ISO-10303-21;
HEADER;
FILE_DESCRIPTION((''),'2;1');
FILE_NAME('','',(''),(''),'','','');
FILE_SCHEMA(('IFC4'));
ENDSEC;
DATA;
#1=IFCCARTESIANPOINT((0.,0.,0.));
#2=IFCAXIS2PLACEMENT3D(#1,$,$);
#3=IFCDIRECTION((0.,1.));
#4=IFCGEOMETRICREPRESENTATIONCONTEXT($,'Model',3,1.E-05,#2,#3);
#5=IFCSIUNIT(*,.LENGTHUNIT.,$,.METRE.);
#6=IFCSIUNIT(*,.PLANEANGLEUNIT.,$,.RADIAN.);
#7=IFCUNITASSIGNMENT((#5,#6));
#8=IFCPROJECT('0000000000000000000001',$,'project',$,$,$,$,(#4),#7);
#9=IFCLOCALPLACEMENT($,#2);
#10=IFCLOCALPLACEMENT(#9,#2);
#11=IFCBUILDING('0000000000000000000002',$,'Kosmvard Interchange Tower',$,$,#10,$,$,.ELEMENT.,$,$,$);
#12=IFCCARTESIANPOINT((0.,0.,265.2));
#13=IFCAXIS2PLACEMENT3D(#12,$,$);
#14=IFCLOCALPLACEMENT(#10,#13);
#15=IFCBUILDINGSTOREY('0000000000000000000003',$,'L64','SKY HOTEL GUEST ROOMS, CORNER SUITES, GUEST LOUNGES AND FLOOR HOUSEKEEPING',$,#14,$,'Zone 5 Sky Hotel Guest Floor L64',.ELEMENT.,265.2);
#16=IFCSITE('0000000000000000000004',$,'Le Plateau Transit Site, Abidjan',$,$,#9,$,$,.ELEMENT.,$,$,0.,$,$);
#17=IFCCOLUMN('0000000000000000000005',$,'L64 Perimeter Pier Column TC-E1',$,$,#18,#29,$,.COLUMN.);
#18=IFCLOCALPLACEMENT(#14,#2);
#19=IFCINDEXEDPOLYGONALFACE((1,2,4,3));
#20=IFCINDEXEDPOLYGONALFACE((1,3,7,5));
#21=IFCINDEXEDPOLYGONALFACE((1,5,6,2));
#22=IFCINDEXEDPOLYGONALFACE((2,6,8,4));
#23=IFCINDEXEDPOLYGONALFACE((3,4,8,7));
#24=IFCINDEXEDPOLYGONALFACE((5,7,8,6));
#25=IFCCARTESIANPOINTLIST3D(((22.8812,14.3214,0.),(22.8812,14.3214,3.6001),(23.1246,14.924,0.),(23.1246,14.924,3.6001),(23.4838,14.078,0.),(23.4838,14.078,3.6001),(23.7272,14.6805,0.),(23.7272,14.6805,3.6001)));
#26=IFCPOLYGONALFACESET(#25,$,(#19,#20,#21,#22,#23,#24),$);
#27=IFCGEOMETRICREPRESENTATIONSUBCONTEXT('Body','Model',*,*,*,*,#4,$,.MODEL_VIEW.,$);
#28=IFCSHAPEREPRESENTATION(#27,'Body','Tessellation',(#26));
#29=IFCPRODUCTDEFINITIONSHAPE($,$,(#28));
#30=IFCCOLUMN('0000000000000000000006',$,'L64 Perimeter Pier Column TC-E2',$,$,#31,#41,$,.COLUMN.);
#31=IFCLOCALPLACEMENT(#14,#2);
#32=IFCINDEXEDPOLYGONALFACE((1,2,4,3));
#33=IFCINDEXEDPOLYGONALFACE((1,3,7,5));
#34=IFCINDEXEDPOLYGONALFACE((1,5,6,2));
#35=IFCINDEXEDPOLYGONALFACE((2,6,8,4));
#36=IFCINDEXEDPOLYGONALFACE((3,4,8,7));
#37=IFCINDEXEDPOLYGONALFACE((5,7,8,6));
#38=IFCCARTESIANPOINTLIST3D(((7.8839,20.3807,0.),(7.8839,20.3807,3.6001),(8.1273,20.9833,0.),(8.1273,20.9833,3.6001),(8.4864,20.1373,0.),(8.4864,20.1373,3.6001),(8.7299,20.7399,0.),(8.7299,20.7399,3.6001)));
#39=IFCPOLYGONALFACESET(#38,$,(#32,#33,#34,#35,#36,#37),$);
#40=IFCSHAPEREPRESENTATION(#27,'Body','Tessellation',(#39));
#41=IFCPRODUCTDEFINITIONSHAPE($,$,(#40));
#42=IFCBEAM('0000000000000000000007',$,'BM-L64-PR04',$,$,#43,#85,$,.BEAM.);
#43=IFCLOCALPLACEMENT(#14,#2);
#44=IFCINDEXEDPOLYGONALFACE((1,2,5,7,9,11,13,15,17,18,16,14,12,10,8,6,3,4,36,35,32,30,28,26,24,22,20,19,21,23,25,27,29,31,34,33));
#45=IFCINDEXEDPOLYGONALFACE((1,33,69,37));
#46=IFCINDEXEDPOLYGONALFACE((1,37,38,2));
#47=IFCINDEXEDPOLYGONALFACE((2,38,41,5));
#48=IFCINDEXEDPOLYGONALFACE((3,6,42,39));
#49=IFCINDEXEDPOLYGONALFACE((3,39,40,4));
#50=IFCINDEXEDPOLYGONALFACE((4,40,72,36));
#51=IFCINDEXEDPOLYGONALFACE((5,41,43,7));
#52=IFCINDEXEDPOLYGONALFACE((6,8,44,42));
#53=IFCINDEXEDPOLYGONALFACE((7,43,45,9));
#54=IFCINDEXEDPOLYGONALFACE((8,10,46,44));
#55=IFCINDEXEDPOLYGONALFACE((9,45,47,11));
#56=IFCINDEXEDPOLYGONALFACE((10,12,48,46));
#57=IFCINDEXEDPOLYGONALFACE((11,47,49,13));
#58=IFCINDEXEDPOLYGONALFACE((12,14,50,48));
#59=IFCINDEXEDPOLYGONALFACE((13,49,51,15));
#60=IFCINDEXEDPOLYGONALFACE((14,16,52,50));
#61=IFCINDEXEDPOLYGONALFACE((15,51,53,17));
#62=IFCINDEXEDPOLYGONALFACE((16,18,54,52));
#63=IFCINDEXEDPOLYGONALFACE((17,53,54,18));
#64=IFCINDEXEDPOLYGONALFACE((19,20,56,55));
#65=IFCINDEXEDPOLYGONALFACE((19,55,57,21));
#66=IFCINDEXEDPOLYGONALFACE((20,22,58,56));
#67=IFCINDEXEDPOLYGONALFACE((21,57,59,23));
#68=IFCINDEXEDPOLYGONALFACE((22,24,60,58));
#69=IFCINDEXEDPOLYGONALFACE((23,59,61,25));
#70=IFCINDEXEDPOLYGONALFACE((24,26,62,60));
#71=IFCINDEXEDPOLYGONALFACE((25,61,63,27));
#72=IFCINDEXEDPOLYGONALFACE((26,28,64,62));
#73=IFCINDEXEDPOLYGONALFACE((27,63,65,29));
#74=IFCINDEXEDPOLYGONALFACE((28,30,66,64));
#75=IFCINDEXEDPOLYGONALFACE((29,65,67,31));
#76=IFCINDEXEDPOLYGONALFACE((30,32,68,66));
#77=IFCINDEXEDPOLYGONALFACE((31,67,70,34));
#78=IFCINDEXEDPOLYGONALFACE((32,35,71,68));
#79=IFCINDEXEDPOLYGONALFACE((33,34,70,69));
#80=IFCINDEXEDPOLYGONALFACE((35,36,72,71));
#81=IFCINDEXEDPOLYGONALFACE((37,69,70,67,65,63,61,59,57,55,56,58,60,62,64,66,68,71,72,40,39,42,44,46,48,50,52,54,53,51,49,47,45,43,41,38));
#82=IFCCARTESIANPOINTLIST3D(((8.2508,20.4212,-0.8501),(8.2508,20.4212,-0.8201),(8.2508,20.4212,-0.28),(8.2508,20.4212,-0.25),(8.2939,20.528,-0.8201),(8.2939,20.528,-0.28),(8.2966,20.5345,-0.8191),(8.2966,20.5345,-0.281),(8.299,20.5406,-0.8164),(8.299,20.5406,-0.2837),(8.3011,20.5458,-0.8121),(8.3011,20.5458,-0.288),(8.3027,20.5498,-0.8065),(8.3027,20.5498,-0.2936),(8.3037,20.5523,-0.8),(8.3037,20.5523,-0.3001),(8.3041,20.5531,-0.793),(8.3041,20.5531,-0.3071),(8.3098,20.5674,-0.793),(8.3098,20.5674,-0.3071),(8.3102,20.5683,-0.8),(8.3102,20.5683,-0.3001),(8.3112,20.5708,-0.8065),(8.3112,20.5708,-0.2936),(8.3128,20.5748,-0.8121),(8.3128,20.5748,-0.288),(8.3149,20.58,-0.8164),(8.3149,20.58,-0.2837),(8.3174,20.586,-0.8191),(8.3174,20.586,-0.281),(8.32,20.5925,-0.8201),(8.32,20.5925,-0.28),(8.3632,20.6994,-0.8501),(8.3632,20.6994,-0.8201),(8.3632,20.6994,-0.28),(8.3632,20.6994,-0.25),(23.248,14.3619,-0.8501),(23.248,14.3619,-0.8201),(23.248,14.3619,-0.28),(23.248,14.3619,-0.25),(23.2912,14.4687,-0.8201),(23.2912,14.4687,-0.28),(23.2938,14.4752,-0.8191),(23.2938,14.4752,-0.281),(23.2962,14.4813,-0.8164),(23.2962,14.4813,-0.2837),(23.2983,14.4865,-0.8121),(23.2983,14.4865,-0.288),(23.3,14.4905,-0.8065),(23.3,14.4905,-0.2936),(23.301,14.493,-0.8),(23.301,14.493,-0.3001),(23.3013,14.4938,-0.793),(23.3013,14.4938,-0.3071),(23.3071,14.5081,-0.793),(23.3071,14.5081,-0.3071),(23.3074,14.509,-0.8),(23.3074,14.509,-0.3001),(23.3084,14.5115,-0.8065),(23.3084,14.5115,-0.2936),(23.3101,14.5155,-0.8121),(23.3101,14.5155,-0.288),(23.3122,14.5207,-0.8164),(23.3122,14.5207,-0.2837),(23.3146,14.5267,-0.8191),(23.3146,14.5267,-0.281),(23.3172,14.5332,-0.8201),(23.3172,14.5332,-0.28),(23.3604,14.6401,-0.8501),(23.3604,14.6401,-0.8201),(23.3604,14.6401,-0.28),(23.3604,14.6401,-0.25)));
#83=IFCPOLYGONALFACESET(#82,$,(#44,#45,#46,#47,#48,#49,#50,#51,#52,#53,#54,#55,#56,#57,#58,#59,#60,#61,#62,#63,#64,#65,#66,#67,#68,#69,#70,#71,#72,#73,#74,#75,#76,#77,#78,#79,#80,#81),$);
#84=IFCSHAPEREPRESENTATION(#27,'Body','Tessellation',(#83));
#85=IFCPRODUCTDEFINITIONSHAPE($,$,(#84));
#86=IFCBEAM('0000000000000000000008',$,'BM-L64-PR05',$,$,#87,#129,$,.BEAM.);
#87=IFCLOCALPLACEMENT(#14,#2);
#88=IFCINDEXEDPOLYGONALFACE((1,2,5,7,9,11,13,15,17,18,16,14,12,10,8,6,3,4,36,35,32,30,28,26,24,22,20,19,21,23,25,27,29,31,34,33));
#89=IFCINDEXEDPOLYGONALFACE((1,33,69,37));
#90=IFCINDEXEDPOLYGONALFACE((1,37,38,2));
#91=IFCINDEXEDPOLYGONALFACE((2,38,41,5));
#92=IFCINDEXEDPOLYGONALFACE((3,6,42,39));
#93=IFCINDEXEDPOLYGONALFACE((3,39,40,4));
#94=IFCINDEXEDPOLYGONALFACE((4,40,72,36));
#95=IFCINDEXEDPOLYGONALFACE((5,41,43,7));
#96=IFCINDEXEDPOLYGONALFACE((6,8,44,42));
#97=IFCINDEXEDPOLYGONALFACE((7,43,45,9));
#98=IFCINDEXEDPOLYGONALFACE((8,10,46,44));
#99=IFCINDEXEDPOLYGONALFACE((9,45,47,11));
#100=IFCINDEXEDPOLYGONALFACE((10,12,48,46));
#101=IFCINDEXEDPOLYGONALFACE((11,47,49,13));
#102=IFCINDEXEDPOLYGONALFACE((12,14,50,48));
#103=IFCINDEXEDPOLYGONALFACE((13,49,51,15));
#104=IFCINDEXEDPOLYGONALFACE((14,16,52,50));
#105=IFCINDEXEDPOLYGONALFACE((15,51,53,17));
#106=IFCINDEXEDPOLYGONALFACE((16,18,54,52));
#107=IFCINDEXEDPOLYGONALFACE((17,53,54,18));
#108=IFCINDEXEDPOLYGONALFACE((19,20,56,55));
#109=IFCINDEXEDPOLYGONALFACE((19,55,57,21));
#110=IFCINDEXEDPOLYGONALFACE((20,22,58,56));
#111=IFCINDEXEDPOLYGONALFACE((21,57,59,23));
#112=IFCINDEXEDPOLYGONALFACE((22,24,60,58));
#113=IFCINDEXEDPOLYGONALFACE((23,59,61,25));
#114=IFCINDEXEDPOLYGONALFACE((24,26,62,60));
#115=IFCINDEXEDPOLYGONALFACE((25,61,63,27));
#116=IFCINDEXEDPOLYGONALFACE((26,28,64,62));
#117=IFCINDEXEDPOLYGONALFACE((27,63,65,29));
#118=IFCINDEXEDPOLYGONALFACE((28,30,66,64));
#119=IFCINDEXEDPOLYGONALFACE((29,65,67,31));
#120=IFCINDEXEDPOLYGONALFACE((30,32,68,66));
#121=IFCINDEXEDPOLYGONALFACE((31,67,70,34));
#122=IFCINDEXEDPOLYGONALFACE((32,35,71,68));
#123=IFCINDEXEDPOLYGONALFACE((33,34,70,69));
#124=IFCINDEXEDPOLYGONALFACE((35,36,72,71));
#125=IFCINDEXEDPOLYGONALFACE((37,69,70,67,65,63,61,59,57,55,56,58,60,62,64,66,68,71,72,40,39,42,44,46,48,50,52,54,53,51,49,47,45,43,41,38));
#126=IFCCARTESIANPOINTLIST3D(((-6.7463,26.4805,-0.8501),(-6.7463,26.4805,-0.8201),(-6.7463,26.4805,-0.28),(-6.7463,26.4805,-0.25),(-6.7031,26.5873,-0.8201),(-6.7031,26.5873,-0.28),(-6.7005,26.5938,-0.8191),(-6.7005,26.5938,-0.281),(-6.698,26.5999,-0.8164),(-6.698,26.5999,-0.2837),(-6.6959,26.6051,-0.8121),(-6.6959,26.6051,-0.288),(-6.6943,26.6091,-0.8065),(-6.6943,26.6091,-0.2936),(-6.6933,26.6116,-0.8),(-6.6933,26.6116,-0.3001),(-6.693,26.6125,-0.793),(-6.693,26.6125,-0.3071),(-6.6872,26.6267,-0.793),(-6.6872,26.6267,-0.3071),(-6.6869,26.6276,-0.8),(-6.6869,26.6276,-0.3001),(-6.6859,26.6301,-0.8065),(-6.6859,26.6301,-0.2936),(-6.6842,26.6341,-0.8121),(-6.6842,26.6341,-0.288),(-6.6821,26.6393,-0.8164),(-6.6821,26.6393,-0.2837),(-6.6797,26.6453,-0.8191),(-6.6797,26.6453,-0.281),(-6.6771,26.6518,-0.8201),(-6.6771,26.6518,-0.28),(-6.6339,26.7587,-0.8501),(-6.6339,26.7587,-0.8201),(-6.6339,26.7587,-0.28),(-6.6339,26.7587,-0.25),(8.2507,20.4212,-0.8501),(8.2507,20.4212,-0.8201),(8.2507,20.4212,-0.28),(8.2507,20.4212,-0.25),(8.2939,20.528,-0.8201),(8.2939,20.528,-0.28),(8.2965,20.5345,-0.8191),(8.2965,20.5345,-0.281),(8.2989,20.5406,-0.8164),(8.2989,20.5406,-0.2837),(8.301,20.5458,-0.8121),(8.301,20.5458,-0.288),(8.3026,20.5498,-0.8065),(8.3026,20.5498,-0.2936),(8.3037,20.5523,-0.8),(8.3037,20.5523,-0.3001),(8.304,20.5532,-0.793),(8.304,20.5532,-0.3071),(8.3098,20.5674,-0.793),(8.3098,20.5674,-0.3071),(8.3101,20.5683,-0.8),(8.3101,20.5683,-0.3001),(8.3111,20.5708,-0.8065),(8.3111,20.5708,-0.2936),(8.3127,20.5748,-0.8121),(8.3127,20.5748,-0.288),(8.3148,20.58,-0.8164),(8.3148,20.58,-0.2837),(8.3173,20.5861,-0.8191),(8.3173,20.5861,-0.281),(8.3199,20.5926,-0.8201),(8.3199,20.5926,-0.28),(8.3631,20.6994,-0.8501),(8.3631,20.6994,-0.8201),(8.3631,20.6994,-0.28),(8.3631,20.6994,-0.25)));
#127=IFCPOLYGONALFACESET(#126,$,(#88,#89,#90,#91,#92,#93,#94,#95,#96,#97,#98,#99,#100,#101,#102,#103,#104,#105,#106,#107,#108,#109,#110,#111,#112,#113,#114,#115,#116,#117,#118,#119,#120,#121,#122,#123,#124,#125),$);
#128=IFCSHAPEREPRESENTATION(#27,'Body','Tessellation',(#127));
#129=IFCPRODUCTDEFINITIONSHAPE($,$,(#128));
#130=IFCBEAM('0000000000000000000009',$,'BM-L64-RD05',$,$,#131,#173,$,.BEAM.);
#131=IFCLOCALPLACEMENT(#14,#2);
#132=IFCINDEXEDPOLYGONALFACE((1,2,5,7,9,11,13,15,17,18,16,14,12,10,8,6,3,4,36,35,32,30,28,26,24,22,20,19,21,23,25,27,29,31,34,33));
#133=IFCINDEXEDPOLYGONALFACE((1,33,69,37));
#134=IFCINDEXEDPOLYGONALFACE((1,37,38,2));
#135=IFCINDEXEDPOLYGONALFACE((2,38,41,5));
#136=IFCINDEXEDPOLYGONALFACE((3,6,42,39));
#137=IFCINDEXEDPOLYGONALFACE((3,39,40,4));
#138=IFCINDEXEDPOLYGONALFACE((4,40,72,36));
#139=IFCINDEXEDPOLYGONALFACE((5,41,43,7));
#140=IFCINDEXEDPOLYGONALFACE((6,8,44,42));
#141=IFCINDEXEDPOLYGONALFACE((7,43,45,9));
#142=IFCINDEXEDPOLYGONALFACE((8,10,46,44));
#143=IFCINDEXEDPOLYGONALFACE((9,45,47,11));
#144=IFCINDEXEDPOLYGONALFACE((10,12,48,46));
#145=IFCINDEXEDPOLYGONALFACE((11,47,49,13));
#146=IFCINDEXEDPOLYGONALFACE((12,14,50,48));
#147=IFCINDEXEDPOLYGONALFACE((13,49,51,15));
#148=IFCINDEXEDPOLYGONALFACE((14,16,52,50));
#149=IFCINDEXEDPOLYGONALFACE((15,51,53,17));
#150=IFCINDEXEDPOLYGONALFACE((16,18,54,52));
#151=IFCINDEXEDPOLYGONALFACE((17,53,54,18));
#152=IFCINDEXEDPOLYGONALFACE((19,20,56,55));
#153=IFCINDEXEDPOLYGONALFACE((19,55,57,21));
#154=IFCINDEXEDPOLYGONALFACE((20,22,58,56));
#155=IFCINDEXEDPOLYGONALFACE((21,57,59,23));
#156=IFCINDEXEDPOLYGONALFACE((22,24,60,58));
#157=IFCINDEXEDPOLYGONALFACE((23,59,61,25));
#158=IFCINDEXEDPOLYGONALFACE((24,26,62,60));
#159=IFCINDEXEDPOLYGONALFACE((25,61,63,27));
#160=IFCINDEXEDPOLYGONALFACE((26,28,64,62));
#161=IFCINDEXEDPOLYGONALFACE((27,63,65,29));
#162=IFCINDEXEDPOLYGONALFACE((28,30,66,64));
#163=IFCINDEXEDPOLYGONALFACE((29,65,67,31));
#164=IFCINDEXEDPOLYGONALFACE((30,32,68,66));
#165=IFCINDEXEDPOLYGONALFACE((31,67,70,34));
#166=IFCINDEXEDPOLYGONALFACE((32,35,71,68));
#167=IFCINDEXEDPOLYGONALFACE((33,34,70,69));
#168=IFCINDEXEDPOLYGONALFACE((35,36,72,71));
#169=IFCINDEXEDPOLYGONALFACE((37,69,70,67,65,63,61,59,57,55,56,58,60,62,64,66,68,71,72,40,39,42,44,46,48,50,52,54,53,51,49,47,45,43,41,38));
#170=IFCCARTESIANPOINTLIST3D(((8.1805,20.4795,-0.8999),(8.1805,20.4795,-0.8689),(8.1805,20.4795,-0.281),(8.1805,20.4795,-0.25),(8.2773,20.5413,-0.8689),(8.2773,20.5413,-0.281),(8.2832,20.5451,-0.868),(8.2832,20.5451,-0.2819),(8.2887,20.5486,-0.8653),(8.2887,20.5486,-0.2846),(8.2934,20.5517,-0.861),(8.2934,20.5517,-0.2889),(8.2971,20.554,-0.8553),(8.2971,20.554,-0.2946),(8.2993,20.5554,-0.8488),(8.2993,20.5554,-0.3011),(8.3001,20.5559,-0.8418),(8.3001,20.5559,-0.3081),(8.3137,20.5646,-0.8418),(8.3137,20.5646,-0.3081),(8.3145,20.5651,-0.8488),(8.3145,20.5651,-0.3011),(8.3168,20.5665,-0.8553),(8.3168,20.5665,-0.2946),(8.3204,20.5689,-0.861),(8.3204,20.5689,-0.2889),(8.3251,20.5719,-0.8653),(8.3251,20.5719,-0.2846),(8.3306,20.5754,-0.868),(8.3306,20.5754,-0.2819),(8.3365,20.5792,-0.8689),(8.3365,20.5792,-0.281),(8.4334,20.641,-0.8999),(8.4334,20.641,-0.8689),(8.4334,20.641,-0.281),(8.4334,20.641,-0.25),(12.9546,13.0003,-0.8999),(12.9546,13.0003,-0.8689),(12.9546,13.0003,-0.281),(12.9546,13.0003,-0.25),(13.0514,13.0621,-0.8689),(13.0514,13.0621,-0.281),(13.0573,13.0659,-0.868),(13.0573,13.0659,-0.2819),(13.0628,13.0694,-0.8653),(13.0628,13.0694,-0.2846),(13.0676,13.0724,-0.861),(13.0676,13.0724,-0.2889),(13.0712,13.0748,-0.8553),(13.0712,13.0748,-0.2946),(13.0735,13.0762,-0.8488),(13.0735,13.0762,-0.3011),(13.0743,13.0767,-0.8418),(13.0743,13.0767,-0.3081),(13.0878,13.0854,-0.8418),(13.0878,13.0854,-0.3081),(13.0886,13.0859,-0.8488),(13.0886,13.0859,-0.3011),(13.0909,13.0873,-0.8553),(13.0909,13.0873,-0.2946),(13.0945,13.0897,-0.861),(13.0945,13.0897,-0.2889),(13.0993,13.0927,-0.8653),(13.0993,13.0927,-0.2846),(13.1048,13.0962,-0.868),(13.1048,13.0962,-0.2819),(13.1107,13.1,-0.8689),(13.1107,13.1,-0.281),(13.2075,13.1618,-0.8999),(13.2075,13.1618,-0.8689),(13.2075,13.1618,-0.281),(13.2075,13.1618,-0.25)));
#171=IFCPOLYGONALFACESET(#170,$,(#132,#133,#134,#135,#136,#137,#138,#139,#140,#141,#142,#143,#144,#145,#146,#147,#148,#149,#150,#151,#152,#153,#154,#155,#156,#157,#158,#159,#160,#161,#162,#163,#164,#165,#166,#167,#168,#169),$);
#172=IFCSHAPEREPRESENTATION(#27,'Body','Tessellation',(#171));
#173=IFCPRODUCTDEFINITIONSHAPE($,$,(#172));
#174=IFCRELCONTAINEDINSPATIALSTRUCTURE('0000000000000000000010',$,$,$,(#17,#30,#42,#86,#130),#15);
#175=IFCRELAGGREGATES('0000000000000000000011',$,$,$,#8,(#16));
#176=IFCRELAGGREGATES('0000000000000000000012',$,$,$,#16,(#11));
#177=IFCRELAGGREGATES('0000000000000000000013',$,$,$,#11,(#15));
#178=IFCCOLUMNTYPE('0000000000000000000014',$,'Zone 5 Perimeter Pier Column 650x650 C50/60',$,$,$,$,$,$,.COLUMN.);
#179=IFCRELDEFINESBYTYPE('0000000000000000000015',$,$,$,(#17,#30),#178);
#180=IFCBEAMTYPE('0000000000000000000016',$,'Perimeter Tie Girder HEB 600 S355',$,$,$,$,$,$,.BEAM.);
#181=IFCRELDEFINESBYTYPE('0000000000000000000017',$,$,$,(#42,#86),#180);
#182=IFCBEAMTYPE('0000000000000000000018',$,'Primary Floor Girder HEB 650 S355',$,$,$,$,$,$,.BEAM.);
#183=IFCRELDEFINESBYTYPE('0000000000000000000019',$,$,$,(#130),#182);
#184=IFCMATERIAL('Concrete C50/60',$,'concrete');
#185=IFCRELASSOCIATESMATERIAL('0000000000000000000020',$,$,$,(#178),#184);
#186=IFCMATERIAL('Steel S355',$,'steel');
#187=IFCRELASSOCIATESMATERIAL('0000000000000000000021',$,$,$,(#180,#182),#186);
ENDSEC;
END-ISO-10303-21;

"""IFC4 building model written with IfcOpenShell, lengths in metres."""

from ifc_helpers import new_model, si_unit, direction, frame, origin, origin_2d, place, context, subcontext, project, spatial, rectangle, i_section, extrude, source, transform, mapped, material, material_profile, profile_set, type_object, element, save


model = new_model("IFC4")

# Units and contexts
model_context = context("Model", 3, precision=1e-05, world=origin(), true_north=direction((0.0, 1.0)))
body_context = subcontext(model_context, "Body", "Model", "MODEL_VIEW")
ifc_project = project(units=[si_unit("LENGTHUNIT", "METRE"), si_unit("PLANEANGLEUNIT", "RADIAN")], contexts=[model_context])

# Site, building, storey
site_placement = place(None, origin())
site = spatial("IfcSite", under=ifc_project, at=site_placement, Name="Le Plateau Transit Site, Abidjan", CompositionType="ELEMENT", RefElevation=0.0)
building_placement = place(site_placement, origin())
building = spatial("IfcBuilding", under=site, at=building_placement, Name="Kosmvard Interchange Tower", CompositionType="ELEMENT")
storey_placement = place(building_placement, frame((0.0, 0.0, 265.2)))
storey = spatial("IfcBuildingStorey", under=building, at=storey_placement, Name="L64", Description="SKY HOTEL GUEST ROOMS, CORNER SUITES, GUEST LOUNGES AND FLOOR HOUSEKEEPING", LongName="Zone 5 Sky Hotel Guest Floor L64", CompositionType="ELEMENT", Elevation=265.2)

# Columns
ifc_material_1 = material(Name="Concrete C50/60", Category="concrete")
ifc_material_profile_1 = material_profile(ifc_material_1, rectangle(XDim=0.6499, YDim=0.6499, at=origin_2d()), Name="TC 650x650")
ifc_profile_set_1 = profile_set([ifc_material_profile_1], Name="Concrete C50/60")
column_type = type_object("IfcColumnType", Name="Zone 5 Perimeter Pier Column 650x650 C50/60", PredefinedType="COLUMN", material=ifc_profile_set_1)
shared_shape_1 = source(origin(), body_context, "Body", "SweptSolid", [
    extrude(rectangle(XDim=0.6499, YDim=0.6499, at=origin_2d()), origin(), (0.0, 0.0, 1.0), 3.6001),
])
for number, where, z_axis, x_axis, name in (
    (1, (23.3042, 14.501, 0.0), (0.0, 0.0, 1.0), (0.374607, 0.927184, 0.0), "L64 Perimeter Pier Column TC-E1"),
    (2, (8.3069, 20.5603, 0.0), (0.0, 0.0, 1.0), (0.374607, 0.927184, 0.0), "L64 Perimeter Pier Column TC-E2"),
):
    element("IfcColumn", number, at=place(storey_placement, frame(where, z_axis=z_axis, x_axis=x_axis)), inside=storey, type_object=column_type, Name=name, PredefinedType="COLUMN", context=body_context, shape_type="MappedRepresentation", body=[
        mapped(shared_shape_1, transform((0.0, 0.0, 0.0), scale=1.0)),
    ])

# Beams
ifc_material_2 = material(Name="Steel S355", Category="steel")
ifc_material_profile_2 = material_profile(ifc_material_2, i_section(OverallWidth=0.3, OverallDepth=0.6001, WebThickness=0.0154, FlangeThickness=0.03, FilletRadius=0.0271, at=origin_2d()), Name="HEB 600")
ifc_profile_set_2 = profile_set([ifc_material_profile_2], Name="Steel S355")
beam_type_1 = type_object("IfcBeamType", Name="Perimeter Tie Girder HEB 600 S355", PredefinedType="BEAM", material=ifc_profile_set_2)
shared_shape_2 = source(origin(), body_context, "Body", "SweptSolid", [
    extrude(i_section(OverallWidth=0.3, OverallDepth=0.6001, WebThickness=0.0154, FlangeThickness=0.03, FilletRadius=0.0271, at=origin_2d()), origin(), (0.0, 0.0, 1.0), 16.175),
])
beam_1_placement = place(storey_placement, frame((23.3042, 14.501, -0.55), z_axis=(-0.927183, 0.374608, 0.0), x_axis=(-0.374608, -0.927183, 0.0)))
element("IfcBeam", 3, at=beam_1_placement, inside=storey, type_object=beam_type_1, Name="BM-L64-PR04", PredefinedType="BEAM", context=body_context, shape_type="MappedRepresentation", body=[
    mapped(shared_shape_2, transform((0.0, 0.0, 0.0), scale=1.0)),
])
shared_shape_3 = source(origin(), body_context, "Body", "SweptSolid", [
    extrude(i_section(OverallWidth=0.3, OverallDepth=0.6001, WebThickness=0.0154, FlangeThickness=0.03, FilletRadius=0.0271, at=origin_2d()), origin(), (0.0, 0.0, 1.0), 16.1748),
])
beam_2_placement = place(storey_placement, frame((8.3069, 20.5603, -0.55), z_axis=(-0.927181, 0.374613, 0.0), x_axis=(-0.374613, -0.927181, 0.0)))
element("IfcBeam", 4, at=beam_2_placement, inside=storey, type_object=beam_type_1, Name="BM-L64-PR05", PredefinedType="BEAM", context=body_context, shape_type="MappedRepresentation", body=[
    mapped(shared_shape_3, transform((0.0, 0.0, 0.0), scale=1.0)),
])
ifc_material_profile_3 = material_profile(ifc_material_2, i_section(OverallWidth=0.3, OverallDepth=0.6499, WebThickness=0.0161, FlangeThickness=0.031, FilletRadius=0.0271, at=origin_2d()), Name="HEB 650")
ifc_profile_set_3 = profile_set([ifc_material_profile_3], Name="Steel S355")
beam_type_2 = type_object("IfcBeamType", Name="Primary Floor Girder HEB 650 S355", PredefinedType="BEAM", material=ifc_profile_set_3)
shared_shape_4 = source(origin(), body_context, "Body", "SweptSolid", [
    extrude(i_section(OverallWidth=0.3, OverallDepth=0.6499, WebThickness=0.0161, FlangeThickness=0.031, FilletRadius=0.0271, at=origin_2d()), origin(), (0.0, 0.0, 1.0), 8.873),
])
beam_3_placement = place(storey_placement, frame((13.0811, 13.0811, -0.575), z_axis=(-0.53805, 0.842913, 0.0), x_axis=(-0.842913, -0.53805, 0.0)))
element("IfcBeam", 5, at=beam_3_placement, inside=storey, type_object=beam_type_2, Name="BM-L64-RD05", PredefinedType="BEAM", context=body_context, shape_type="MappedRepresentation", body=[
    mapped(shared_shape_4, transform((0.0, 0.0, 0.0), scale=1.0)),
])

save(model, "model.ifc")
